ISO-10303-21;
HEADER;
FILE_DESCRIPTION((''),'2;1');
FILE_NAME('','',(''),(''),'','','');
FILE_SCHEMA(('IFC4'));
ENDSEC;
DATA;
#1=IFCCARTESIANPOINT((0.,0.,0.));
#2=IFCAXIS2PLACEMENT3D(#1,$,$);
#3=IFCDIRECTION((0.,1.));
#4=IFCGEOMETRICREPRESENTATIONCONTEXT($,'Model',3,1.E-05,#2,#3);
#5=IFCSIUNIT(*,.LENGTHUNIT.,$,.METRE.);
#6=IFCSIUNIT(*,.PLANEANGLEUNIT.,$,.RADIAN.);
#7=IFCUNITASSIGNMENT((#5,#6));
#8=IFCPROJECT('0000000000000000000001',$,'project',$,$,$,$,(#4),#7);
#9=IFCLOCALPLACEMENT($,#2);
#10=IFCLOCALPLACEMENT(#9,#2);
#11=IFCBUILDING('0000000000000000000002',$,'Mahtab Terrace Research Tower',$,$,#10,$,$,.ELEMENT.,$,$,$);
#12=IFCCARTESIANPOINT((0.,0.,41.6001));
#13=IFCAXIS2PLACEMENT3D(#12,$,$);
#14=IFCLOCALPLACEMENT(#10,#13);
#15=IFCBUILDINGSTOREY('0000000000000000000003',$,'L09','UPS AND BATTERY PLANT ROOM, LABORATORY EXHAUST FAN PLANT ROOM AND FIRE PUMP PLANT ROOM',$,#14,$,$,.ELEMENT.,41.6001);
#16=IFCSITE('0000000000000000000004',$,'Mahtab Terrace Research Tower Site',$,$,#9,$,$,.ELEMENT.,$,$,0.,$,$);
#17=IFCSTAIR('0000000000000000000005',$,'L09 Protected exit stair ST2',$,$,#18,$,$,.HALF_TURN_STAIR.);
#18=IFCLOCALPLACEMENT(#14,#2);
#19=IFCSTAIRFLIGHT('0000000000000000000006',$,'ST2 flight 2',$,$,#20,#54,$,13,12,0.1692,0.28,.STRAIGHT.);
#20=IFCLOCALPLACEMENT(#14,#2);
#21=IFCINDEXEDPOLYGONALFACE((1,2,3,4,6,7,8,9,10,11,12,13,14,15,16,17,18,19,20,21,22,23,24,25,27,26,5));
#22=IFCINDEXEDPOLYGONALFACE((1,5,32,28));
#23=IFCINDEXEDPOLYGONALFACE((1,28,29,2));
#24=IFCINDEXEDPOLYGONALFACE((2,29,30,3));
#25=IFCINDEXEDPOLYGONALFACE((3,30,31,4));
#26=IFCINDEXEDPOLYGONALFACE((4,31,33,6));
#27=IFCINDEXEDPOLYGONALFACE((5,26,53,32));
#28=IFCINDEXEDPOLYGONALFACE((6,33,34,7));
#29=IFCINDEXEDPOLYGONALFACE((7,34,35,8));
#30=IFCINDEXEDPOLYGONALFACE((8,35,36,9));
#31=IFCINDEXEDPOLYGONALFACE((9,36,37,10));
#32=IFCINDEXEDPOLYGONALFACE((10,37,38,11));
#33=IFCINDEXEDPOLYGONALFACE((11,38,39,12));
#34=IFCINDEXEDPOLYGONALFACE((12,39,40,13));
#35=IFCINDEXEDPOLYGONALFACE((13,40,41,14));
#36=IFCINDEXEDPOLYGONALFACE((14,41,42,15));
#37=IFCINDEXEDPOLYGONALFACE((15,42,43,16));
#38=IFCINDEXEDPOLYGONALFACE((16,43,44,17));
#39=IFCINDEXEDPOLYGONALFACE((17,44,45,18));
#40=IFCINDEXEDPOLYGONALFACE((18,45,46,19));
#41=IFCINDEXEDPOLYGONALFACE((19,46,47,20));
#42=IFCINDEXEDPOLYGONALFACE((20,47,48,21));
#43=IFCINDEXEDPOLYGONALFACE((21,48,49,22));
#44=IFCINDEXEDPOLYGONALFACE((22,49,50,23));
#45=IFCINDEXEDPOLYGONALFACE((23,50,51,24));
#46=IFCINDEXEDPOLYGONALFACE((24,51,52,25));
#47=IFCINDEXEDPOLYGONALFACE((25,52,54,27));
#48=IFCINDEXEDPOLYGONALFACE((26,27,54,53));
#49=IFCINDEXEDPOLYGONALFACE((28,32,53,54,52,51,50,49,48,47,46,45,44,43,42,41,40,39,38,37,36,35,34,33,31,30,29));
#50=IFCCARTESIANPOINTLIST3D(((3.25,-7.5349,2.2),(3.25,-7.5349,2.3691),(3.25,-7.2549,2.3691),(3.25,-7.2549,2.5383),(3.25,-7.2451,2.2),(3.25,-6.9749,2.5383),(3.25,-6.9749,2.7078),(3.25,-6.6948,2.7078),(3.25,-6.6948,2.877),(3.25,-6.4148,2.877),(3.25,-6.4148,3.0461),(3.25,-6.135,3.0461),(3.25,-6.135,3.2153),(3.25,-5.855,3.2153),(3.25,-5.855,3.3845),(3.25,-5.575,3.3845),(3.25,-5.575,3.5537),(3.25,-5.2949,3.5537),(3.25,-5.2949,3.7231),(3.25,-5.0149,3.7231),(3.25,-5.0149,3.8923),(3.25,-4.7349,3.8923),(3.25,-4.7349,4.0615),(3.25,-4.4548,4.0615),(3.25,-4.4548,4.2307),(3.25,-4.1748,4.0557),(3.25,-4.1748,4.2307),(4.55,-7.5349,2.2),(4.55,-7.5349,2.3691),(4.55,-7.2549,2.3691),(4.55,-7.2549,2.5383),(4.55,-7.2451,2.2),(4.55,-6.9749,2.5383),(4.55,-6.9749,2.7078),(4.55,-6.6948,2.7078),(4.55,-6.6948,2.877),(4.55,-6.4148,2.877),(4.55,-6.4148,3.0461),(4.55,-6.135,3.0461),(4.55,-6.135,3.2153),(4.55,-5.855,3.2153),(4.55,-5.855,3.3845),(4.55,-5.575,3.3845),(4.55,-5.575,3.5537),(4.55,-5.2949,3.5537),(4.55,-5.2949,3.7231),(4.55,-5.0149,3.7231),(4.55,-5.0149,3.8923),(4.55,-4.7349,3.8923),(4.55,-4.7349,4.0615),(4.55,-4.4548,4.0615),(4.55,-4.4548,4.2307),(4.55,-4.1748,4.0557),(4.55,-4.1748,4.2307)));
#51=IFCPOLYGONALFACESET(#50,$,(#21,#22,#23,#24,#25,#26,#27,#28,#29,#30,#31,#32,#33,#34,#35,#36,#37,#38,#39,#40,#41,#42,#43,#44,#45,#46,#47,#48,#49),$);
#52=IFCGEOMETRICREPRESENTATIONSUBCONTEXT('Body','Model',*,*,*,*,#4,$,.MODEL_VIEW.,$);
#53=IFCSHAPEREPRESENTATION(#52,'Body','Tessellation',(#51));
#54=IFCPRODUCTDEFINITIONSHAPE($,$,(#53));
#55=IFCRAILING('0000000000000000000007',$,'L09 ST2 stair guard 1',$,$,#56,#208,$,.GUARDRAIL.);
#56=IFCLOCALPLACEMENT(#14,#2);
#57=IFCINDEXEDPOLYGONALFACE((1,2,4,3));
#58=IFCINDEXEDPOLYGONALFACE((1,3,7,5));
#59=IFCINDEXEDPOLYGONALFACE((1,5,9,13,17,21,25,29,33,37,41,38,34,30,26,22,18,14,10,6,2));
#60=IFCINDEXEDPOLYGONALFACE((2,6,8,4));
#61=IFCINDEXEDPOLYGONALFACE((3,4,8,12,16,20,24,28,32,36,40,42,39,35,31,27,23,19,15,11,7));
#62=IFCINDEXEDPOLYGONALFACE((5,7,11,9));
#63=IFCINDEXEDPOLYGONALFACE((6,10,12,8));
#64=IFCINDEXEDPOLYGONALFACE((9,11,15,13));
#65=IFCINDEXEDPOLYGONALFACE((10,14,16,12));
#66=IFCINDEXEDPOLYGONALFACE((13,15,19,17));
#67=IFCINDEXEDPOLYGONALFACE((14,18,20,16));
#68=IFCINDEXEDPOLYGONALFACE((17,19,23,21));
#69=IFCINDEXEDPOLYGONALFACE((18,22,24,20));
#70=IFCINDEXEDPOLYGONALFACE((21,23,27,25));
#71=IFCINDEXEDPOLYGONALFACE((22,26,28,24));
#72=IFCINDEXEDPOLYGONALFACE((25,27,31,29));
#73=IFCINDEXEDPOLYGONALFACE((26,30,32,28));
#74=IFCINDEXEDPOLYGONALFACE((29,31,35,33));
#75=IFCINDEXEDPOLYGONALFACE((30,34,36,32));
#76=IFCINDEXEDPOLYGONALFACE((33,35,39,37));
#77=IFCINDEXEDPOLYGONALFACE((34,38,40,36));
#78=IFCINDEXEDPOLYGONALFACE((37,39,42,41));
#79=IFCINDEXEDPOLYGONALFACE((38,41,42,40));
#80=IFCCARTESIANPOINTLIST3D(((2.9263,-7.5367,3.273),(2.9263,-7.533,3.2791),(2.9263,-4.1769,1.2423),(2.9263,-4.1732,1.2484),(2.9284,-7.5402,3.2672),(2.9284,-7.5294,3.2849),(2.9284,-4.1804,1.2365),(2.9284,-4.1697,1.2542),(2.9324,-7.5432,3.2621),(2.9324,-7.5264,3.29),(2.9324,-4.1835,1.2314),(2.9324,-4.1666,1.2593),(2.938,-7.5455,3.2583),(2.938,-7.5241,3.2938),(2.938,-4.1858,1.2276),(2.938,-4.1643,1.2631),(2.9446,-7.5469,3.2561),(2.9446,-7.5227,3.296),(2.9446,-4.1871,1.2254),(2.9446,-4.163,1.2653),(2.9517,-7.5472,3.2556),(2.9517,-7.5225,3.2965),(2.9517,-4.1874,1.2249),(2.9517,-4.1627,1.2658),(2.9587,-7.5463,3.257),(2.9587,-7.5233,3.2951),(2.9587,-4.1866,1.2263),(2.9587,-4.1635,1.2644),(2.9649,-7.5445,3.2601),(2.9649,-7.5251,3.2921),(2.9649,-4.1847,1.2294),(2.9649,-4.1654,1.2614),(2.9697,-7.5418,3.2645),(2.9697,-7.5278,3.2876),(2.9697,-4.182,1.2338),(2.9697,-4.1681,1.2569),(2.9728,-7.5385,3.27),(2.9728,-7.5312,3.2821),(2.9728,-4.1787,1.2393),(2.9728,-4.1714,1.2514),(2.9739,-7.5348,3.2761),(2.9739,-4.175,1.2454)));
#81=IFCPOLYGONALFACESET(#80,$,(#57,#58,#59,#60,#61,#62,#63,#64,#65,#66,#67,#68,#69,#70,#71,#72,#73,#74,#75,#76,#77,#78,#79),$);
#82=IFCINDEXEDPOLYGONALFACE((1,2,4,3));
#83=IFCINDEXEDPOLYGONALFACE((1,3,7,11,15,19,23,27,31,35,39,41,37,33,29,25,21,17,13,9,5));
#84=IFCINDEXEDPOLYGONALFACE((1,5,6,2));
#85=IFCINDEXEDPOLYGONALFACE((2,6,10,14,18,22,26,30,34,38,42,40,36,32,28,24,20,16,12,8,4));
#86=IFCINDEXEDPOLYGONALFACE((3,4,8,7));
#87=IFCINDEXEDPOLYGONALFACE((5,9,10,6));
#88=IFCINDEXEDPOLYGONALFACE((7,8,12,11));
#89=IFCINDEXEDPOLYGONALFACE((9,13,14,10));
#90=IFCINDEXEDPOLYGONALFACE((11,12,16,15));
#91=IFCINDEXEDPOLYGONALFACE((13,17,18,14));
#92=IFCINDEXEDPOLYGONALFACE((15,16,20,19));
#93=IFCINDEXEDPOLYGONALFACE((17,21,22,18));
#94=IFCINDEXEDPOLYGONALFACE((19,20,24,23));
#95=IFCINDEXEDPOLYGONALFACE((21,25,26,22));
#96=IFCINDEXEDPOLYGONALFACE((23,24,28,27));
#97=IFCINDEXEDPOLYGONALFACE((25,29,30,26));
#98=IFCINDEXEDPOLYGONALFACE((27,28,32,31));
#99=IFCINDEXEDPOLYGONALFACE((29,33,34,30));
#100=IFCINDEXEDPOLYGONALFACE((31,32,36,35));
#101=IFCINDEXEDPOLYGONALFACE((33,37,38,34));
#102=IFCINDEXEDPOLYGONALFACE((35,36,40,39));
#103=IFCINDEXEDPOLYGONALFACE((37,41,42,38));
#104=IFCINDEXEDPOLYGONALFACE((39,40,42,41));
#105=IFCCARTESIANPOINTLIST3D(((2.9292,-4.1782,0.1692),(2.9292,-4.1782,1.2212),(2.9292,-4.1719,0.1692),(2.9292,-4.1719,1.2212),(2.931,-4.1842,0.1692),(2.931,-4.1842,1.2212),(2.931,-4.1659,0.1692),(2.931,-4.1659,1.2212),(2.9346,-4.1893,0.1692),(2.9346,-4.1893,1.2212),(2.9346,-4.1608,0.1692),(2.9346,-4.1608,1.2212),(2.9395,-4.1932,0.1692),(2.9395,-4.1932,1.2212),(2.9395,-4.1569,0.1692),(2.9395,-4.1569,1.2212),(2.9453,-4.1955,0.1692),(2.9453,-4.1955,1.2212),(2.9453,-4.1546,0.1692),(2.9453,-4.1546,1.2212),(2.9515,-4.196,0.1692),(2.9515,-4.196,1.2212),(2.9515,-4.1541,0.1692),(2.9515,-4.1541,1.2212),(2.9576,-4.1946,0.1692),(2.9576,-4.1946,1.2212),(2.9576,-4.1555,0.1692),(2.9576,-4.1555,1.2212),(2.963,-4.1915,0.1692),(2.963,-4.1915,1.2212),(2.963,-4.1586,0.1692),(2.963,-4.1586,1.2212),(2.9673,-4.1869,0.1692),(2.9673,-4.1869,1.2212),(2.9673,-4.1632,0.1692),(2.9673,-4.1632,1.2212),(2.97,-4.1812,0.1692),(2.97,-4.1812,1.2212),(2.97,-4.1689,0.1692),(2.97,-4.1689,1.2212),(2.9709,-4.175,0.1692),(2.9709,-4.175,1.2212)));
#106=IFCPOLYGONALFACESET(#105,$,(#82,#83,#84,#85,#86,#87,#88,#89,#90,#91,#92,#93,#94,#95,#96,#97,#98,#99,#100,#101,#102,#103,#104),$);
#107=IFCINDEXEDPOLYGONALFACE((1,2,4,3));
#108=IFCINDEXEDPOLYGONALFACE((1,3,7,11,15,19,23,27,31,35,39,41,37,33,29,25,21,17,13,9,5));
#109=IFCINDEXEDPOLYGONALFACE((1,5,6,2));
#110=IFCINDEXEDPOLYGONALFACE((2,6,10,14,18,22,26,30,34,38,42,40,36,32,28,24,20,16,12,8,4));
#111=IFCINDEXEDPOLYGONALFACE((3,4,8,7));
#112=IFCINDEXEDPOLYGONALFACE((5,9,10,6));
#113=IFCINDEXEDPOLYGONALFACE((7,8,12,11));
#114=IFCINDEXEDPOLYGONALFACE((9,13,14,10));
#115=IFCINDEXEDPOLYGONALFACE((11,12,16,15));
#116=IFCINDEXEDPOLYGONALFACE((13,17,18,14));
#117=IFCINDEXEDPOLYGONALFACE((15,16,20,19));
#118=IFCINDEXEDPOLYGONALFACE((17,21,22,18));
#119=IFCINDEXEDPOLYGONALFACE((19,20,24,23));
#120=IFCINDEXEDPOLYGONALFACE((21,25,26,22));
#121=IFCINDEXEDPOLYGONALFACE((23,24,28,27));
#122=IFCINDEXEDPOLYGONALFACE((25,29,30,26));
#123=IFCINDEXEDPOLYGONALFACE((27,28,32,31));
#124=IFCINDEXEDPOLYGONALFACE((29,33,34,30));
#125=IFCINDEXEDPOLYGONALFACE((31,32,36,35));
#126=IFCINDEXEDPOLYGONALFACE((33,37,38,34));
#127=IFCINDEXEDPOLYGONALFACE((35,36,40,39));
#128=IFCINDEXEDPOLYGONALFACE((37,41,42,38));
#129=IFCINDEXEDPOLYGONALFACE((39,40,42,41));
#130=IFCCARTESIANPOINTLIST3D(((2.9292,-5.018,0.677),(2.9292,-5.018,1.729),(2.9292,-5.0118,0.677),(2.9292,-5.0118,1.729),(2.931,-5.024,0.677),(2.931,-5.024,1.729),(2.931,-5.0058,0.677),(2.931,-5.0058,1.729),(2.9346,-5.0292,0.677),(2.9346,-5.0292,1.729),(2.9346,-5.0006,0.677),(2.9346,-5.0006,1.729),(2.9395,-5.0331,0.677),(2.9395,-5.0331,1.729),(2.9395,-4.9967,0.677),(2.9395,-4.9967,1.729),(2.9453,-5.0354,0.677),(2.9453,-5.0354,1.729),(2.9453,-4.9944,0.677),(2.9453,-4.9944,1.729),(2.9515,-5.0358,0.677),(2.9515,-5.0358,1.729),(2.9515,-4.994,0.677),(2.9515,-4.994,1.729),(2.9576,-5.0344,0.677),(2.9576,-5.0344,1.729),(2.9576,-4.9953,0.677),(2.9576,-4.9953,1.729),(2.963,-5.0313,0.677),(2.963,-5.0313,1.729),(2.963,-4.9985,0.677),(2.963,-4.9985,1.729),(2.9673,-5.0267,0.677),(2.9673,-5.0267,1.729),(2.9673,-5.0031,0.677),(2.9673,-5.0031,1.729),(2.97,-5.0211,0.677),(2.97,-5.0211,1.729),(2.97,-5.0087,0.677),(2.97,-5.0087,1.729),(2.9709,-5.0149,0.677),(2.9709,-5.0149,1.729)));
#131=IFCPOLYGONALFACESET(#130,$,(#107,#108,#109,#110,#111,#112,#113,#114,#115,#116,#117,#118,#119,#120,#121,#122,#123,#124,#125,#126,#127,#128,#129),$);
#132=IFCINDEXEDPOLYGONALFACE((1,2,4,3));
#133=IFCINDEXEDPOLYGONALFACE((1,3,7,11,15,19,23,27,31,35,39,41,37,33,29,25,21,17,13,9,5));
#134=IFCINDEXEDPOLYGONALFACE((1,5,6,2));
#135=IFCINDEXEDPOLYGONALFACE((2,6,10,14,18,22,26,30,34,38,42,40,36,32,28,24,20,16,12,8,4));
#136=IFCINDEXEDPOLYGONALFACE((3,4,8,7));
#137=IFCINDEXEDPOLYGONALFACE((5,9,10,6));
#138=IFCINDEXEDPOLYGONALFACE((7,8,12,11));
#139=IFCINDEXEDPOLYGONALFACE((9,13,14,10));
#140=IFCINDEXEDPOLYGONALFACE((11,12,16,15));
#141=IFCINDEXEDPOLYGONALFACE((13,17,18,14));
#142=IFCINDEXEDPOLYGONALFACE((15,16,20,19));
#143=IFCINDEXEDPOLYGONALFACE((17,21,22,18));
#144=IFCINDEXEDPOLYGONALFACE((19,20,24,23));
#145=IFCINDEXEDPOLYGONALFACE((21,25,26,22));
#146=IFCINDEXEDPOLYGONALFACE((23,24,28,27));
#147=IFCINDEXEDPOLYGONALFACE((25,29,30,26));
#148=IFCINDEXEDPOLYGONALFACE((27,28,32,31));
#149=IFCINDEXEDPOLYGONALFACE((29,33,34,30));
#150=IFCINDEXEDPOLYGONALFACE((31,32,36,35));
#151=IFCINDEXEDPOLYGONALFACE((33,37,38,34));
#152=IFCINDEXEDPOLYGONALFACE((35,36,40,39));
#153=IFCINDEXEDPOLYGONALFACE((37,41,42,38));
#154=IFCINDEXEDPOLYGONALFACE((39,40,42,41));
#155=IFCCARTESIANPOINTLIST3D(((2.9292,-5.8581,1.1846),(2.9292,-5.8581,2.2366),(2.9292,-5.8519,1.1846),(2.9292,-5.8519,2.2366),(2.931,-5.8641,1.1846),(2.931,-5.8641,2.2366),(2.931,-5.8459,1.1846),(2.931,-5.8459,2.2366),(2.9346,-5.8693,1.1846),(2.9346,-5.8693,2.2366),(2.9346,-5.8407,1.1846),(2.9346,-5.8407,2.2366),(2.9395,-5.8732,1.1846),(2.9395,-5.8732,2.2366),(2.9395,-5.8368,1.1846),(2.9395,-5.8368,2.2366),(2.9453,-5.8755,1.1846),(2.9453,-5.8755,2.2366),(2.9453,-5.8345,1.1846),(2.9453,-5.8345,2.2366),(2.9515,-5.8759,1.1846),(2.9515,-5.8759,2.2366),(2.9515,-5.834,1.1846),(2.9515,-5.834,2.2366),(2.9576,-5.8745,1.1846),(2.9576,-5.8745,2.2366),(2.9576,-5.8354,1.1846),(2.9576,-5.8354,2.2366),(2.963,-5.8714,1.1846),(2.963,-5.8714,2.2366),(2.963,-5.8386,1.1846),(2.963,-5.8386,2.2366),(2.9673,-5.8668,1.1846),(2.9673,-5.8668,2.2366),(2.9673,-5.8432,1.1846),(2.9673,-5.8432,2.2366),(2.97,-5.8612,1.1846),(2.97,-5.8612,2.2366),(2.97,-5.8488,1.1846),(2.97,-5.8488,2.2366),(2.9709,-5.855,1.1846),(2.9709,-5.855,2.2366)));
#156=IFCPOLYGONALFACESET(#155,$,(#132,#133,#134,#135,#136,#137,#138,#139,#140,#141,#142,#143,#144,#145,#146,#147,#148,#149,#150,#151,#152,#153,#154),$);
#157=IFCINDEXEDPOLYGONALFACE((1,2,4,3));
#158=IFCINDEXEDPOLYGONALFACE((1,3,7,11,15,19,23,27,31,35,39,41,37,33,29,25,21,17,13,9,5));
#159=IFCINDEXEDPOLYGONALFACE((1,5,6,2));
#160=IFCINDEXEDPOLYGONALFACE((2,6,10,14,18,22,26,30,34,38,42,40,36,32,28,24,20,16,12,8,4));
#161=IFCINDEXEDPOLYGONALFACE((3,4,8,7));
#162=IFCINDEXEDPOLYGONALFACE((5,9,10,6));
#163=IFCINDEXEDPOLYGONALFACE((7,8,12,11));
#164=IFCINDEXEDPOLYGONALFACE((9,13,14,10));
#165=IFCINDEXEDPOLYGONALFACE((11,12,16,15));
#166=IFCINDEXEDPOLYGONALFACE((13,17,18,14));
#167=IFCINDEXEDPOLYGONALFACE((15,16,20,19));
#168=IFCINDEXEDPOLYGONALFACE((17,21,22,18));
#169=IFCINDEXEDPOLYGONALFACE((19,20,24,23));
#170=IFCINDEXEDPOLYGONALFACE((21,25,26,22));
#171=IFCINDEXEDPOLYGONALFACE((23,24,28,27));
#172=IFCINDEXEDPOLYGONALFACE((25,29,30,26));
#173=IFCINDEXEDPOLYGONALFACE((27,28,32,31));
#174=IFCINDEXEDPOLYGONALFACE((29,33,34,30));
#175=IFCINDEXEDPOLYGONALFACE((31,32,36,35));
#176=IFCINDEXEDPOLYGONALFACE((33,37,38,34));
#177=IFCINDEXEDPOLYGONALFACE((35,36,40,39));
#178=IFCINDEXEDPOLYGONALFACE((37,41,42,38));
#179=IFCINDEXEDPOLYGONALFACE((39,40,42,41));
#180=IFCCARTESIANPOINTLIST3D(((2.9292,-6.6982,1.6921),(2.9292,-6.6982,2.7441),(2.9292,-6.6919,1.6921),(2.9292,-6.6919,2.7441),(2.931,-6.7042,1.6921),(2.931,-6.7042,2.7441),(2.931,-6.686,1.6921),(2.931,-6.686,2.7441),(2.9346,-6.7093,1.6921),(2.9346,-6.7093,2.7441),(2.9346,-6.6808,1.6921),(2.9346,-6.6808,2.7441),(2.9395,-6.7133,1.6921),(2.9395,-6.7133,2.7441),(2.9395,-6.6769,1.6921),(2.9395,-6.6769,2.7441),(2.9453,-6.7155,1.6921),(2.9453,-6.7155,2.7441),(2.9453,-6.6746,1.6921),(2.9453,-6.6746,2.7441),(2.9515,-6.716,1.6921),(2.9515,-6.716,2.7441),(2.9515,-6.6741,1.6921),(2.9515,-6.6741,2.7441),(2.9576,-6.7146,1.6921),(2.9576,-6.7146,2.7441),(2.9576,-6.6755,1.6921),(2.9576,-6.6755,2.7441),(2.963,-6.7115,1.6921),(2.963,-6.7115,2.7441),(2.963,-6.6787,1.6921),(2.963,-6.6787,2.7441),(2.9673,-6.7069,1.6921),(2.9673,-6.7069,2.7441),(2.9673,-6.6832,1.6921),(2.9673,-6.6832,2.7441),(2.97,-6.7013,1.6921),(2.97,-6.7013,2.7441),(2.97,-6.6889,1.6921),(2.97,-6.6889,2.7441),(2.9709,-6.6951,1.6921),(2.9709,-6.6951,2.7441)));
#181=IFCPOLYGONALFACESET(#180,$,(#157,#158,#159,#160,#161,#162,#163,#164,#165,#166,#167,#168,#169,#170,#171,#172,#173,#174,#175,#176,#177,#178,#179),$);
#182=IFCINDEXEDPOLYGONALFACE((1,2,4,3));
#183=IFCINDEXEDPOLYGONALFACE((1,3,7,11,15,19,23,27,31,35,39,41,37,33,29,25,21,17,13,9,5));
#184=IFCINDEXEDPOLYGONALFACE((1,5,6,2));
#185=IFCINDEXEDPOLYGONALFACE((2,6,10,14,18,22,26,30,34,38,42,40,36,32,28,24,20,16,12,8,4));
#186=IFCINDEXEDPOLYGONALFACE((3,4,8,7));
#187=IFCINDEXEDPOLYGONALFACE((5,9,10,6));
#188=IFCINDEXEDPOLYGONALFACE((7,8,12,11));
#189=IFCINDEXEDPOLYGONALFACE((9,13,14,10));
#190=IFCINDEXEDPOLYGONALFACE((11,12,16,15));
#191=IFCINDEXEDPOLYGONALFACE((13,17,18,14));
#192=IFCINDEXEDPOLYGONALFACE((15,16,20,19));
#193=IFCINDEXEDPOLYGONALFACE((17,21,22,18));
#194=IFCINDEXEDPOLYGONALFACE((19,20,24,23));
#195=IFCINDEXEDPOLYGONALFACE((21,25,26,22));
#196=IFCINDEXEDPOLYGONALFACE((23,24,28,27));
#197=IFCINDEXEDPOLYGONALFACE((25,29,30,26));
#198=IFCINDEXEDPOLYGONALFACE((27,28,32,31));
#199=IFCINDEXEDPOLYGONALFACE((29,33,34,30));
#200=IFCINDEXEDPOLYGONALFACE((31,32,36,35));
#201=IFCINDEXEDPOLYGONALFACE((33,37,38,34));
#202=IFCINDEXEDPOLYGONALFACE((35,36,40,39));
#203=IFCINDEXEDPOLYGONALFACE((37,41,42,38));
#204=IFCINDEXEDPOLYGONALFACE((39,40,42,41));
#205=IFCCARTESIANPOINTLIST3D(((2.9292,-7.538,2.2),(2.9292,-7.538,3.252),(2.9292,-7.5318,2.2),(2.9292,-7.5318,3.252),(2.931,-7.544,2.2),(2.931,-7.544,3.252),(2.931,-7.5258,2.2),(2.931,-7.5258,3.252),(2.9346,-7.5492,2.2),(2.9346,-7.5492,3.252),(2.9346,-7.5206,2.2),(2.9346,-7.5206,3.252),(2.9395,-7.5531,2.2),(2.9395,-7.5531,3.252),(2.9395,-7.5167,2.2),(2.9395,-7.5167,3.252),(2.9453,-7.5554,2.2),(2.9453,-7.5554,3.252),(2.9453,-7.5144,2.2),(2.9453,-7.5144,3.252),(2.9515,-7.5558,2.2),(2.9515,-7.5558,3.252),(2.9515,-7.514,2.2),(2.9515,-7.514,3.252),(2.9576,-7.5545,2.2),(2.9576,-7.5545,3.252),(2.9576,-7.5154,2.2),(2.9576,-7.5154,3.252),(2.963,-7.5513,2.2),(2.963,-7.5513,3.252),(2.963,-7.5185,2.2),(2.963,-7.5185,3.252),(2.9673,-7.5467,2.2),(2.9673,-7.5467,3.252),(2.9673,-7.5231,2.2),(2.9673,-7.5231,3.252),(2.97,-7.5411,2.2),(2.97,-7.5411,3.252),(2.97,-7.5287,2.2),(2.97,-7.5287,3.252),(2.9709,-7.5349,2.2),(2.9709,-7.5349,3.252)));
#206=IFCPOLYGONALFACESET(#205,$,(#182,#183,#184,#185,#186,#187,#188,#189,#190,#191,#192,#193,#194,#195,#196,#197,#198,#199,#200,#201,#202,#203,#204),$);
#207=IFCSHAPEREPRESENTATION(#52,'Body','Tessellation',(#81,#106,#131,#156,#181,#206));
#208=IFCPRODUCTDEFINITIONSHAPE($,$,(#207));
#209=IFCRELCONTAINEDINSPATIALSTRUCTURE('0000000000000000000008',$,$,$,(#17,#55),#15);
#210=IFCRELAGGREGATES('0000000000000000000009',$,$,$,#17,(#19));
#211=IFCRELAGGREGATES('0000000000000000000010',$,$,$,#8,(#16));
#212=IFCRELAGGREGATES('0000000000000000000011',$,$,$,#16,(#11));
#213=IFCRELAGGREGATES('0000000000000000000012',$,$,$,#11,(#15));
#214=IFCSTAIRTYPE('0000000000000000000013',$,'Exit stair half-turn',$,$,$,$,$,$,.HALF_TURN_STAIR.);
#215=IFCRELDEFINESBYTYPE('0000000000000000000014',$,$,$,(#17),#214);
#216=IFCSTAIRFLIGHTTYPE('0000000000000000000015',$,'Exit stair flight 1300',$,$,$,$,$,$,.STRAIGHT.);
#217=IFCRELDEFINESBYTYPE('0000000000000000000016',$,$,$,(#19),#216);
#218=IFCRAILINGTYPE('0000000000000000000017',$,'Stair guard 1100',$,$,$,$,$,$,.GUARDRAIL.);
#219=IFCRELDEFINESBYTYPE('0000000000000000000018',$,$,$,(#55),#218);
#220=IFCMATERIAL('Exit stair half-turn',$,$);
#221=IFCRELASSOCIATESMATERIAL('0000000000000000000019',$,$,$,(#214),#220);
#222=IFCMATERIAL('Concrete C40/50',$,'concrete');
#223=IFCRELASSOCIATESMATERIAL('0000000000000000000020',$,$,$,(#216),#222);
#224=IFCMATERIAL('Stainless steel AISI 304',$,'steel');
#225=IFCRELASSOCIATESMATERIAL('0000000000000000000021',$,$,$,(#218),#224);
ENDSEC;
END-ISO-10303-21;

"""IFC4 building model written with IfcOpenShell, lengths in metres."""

from ifc_helpers import new_model, si_unit, direction, frame, origin, origin_2d, place, context, subcontext, project, spatial, polyline, circle, outline, extrude, material, type_object, element, aggregate, save


model = new_model("IFC4")

# Units and contexts
model_context = context("Model", 3, precision=1e-05, world=origin(), true_north=direction((0.0, 1.0)))
body_context = subcontext(model_context, "Body", "Model", "MODEL_VIEW")
ifc_project = project(units=[si_unit("LENGTHUNIT", "METRE"), si_unit("PLANEANGLEUNIT", "RADIAN")], contexts=[model_context])

# Site, building, storey
site_placement = place(None, origin())
site = spatial("IfcSite", under=ifc_project, at=site_placement, Name="Mahtab Terrace Research Tower Site", CompositionType="ELEMENT", RefElevation=0.0)
building_placement = place(site_placement, origin())
building = spatial("IfcBuilding", under=site, at=building_placement, Name="Mahtab Terrace Research Tower", CompositionType="ELEMENT")
storey_placement = place(building_placement, frame((0.0, 0.0, 41.6001)))
storey = spatial("IfcBuildingStorey", under=building, at=storey_placement, Name="L09", Description="UPS AND BATTERY PLANT ROOM, LABORATORY EXHAUST FAN PLANT ROOM AND FIRE PUMP PLANT ROOM", CompositionType="ELEMENT", Elevation=41.6001)

# Stair
ifc_material_1 = material(Name="Exit stair half-turn")
stair_type = type_object("IfcStairType", Name="Exit stair half-turn", PredefinedType="HALF_TURN_STAIR", material=ifc_material_1)
ifc_material_2 = material(Name="Concrete C40/50", Category="concrete")
stair_1_placement = place(storey_placement, origin())
stair_1 = element("IfcStair", 1, at=stair_1_placement, inside=storey, type_object=stair_type, Name="L09 Protected exit stair ST2", PredefinedType="HALF_TURN_STAIR")

# Stair flight
stair_flight_type = type_object("IfcStairFlightType", Name="Exit stair flight 1300", PredefinedType="STRAIGHT", material=ifc_material_2)
stair_flight_1_placement = place(storey_placement, frame((3.8999, -7.5349, 2.2), z_axis=(0.0, 0.0, 1.0), x_axis=(0.0, 1.0, 0.0)))
stair_flight_1 = element("IfcStairFlight", 2, at=stair_flight_1_placement, type_object=stair_flight_type, Name="ST2 flight 2", NumberOfRisers=13, NumberOfTreads=12, PredefinedType="STRAIGHT", RiserHeight=0.1692, TreadLength=0.28, context=body_context, shape_type="SweptSolid", body=[
    extrude(outline(polyline([(0.0, 0.0), (0.0, 0.1692), (0.28, 0.1692), (0.28, 0.3384), (0.5601, 0.3384), (0.5601, 0.5078), (0.8401, 0.5078), (0.8401, 0.677), (1.1201, 0.677), (1.1201, 0.8462), (1.3999, 0.8462), (1.3999, 1.0154), (1.6799, 1.0154), (1.6799, 1.1846), (1.96, 1.1846), (1.96, 1.3538), (2.24, 1.3538), (2.24, 1.5232), (2.52, 1.5232), (2.52, 1.6924), (2.8, 1.6924), (2.8, 1.8616), (3.0801, 1.8616), (3.0801, 2.0308), (3.3601, 2.0308), (3.3601, 2.2), (3.3601, 1.8557), (0.2898, 0.0), (0.0, 0.0)])), frame((0.0, 0.6499, 0.0), z_axis=(0.0, -1.0, 0.0), x_axis=(1.0, 0.0, 0.0)), (0.0, 0.0, 1.0), 1.3),
])
aggregate(stair_1, [stair_flight_1])

# Railing
ifc_material_3 = material(Name="Stainless steel AISI 304", Category="steel")
railing_type_1 = type_object("IfcRailingType", Name="Stair guard 1100", PredefinedType="GUARDRAIL", material=ifc_material_3)
railing_1_placement = place(storey_placement, frame((2.95, -4.175, 0.1692)))
element("IfcRailing", 3, at=railing_1_placement, inside=storey, type_object=railing_type_1, Name="L09 ST2 stair guard 1", PredefinedType="GUARDRAIL", context=body_context, shape_type="SweptSolid", body=[
    extrude(circle(Radius=0.0239, at=origin_2d()), frame((0.0, 0.0, 1.0762), z_axis=(0.0, -0.85582, 0.517273), x_axis=(1.0, 0.0, 0.0)), (0.0, 0.0, 1.0), 3.9258),
    extrude(circle(Radius=0.021, at=origin_2d()), origin(), (0.0, 0.0, 1.0), 1.052),
    extrude(circle(Radius=0.021, at=origin_2d()), frame((0.0, -0.8398, 0.5078)), (0.0, 0.0, 1.0), 1.052),
    extrude(circle(Radius=0.021, at=origin_2d()), frame((0.0, -1.6799, 1.0154)), (0.0, 0.0, 1.0), 1.052),
    extrude(circle(Radius=0.021, at=origin_2d()), frame((0.0, -2.52, 1.5229)), (0.0, 0.0, 1.0), 1.052),
    extrude(circle(Radius=0.021, at=origin_2d()), frame((0.0, -3.3599, 2.0308)), (0.0, 0.0, 1.0), 1.052),
])

save(model, "model.ifc")
